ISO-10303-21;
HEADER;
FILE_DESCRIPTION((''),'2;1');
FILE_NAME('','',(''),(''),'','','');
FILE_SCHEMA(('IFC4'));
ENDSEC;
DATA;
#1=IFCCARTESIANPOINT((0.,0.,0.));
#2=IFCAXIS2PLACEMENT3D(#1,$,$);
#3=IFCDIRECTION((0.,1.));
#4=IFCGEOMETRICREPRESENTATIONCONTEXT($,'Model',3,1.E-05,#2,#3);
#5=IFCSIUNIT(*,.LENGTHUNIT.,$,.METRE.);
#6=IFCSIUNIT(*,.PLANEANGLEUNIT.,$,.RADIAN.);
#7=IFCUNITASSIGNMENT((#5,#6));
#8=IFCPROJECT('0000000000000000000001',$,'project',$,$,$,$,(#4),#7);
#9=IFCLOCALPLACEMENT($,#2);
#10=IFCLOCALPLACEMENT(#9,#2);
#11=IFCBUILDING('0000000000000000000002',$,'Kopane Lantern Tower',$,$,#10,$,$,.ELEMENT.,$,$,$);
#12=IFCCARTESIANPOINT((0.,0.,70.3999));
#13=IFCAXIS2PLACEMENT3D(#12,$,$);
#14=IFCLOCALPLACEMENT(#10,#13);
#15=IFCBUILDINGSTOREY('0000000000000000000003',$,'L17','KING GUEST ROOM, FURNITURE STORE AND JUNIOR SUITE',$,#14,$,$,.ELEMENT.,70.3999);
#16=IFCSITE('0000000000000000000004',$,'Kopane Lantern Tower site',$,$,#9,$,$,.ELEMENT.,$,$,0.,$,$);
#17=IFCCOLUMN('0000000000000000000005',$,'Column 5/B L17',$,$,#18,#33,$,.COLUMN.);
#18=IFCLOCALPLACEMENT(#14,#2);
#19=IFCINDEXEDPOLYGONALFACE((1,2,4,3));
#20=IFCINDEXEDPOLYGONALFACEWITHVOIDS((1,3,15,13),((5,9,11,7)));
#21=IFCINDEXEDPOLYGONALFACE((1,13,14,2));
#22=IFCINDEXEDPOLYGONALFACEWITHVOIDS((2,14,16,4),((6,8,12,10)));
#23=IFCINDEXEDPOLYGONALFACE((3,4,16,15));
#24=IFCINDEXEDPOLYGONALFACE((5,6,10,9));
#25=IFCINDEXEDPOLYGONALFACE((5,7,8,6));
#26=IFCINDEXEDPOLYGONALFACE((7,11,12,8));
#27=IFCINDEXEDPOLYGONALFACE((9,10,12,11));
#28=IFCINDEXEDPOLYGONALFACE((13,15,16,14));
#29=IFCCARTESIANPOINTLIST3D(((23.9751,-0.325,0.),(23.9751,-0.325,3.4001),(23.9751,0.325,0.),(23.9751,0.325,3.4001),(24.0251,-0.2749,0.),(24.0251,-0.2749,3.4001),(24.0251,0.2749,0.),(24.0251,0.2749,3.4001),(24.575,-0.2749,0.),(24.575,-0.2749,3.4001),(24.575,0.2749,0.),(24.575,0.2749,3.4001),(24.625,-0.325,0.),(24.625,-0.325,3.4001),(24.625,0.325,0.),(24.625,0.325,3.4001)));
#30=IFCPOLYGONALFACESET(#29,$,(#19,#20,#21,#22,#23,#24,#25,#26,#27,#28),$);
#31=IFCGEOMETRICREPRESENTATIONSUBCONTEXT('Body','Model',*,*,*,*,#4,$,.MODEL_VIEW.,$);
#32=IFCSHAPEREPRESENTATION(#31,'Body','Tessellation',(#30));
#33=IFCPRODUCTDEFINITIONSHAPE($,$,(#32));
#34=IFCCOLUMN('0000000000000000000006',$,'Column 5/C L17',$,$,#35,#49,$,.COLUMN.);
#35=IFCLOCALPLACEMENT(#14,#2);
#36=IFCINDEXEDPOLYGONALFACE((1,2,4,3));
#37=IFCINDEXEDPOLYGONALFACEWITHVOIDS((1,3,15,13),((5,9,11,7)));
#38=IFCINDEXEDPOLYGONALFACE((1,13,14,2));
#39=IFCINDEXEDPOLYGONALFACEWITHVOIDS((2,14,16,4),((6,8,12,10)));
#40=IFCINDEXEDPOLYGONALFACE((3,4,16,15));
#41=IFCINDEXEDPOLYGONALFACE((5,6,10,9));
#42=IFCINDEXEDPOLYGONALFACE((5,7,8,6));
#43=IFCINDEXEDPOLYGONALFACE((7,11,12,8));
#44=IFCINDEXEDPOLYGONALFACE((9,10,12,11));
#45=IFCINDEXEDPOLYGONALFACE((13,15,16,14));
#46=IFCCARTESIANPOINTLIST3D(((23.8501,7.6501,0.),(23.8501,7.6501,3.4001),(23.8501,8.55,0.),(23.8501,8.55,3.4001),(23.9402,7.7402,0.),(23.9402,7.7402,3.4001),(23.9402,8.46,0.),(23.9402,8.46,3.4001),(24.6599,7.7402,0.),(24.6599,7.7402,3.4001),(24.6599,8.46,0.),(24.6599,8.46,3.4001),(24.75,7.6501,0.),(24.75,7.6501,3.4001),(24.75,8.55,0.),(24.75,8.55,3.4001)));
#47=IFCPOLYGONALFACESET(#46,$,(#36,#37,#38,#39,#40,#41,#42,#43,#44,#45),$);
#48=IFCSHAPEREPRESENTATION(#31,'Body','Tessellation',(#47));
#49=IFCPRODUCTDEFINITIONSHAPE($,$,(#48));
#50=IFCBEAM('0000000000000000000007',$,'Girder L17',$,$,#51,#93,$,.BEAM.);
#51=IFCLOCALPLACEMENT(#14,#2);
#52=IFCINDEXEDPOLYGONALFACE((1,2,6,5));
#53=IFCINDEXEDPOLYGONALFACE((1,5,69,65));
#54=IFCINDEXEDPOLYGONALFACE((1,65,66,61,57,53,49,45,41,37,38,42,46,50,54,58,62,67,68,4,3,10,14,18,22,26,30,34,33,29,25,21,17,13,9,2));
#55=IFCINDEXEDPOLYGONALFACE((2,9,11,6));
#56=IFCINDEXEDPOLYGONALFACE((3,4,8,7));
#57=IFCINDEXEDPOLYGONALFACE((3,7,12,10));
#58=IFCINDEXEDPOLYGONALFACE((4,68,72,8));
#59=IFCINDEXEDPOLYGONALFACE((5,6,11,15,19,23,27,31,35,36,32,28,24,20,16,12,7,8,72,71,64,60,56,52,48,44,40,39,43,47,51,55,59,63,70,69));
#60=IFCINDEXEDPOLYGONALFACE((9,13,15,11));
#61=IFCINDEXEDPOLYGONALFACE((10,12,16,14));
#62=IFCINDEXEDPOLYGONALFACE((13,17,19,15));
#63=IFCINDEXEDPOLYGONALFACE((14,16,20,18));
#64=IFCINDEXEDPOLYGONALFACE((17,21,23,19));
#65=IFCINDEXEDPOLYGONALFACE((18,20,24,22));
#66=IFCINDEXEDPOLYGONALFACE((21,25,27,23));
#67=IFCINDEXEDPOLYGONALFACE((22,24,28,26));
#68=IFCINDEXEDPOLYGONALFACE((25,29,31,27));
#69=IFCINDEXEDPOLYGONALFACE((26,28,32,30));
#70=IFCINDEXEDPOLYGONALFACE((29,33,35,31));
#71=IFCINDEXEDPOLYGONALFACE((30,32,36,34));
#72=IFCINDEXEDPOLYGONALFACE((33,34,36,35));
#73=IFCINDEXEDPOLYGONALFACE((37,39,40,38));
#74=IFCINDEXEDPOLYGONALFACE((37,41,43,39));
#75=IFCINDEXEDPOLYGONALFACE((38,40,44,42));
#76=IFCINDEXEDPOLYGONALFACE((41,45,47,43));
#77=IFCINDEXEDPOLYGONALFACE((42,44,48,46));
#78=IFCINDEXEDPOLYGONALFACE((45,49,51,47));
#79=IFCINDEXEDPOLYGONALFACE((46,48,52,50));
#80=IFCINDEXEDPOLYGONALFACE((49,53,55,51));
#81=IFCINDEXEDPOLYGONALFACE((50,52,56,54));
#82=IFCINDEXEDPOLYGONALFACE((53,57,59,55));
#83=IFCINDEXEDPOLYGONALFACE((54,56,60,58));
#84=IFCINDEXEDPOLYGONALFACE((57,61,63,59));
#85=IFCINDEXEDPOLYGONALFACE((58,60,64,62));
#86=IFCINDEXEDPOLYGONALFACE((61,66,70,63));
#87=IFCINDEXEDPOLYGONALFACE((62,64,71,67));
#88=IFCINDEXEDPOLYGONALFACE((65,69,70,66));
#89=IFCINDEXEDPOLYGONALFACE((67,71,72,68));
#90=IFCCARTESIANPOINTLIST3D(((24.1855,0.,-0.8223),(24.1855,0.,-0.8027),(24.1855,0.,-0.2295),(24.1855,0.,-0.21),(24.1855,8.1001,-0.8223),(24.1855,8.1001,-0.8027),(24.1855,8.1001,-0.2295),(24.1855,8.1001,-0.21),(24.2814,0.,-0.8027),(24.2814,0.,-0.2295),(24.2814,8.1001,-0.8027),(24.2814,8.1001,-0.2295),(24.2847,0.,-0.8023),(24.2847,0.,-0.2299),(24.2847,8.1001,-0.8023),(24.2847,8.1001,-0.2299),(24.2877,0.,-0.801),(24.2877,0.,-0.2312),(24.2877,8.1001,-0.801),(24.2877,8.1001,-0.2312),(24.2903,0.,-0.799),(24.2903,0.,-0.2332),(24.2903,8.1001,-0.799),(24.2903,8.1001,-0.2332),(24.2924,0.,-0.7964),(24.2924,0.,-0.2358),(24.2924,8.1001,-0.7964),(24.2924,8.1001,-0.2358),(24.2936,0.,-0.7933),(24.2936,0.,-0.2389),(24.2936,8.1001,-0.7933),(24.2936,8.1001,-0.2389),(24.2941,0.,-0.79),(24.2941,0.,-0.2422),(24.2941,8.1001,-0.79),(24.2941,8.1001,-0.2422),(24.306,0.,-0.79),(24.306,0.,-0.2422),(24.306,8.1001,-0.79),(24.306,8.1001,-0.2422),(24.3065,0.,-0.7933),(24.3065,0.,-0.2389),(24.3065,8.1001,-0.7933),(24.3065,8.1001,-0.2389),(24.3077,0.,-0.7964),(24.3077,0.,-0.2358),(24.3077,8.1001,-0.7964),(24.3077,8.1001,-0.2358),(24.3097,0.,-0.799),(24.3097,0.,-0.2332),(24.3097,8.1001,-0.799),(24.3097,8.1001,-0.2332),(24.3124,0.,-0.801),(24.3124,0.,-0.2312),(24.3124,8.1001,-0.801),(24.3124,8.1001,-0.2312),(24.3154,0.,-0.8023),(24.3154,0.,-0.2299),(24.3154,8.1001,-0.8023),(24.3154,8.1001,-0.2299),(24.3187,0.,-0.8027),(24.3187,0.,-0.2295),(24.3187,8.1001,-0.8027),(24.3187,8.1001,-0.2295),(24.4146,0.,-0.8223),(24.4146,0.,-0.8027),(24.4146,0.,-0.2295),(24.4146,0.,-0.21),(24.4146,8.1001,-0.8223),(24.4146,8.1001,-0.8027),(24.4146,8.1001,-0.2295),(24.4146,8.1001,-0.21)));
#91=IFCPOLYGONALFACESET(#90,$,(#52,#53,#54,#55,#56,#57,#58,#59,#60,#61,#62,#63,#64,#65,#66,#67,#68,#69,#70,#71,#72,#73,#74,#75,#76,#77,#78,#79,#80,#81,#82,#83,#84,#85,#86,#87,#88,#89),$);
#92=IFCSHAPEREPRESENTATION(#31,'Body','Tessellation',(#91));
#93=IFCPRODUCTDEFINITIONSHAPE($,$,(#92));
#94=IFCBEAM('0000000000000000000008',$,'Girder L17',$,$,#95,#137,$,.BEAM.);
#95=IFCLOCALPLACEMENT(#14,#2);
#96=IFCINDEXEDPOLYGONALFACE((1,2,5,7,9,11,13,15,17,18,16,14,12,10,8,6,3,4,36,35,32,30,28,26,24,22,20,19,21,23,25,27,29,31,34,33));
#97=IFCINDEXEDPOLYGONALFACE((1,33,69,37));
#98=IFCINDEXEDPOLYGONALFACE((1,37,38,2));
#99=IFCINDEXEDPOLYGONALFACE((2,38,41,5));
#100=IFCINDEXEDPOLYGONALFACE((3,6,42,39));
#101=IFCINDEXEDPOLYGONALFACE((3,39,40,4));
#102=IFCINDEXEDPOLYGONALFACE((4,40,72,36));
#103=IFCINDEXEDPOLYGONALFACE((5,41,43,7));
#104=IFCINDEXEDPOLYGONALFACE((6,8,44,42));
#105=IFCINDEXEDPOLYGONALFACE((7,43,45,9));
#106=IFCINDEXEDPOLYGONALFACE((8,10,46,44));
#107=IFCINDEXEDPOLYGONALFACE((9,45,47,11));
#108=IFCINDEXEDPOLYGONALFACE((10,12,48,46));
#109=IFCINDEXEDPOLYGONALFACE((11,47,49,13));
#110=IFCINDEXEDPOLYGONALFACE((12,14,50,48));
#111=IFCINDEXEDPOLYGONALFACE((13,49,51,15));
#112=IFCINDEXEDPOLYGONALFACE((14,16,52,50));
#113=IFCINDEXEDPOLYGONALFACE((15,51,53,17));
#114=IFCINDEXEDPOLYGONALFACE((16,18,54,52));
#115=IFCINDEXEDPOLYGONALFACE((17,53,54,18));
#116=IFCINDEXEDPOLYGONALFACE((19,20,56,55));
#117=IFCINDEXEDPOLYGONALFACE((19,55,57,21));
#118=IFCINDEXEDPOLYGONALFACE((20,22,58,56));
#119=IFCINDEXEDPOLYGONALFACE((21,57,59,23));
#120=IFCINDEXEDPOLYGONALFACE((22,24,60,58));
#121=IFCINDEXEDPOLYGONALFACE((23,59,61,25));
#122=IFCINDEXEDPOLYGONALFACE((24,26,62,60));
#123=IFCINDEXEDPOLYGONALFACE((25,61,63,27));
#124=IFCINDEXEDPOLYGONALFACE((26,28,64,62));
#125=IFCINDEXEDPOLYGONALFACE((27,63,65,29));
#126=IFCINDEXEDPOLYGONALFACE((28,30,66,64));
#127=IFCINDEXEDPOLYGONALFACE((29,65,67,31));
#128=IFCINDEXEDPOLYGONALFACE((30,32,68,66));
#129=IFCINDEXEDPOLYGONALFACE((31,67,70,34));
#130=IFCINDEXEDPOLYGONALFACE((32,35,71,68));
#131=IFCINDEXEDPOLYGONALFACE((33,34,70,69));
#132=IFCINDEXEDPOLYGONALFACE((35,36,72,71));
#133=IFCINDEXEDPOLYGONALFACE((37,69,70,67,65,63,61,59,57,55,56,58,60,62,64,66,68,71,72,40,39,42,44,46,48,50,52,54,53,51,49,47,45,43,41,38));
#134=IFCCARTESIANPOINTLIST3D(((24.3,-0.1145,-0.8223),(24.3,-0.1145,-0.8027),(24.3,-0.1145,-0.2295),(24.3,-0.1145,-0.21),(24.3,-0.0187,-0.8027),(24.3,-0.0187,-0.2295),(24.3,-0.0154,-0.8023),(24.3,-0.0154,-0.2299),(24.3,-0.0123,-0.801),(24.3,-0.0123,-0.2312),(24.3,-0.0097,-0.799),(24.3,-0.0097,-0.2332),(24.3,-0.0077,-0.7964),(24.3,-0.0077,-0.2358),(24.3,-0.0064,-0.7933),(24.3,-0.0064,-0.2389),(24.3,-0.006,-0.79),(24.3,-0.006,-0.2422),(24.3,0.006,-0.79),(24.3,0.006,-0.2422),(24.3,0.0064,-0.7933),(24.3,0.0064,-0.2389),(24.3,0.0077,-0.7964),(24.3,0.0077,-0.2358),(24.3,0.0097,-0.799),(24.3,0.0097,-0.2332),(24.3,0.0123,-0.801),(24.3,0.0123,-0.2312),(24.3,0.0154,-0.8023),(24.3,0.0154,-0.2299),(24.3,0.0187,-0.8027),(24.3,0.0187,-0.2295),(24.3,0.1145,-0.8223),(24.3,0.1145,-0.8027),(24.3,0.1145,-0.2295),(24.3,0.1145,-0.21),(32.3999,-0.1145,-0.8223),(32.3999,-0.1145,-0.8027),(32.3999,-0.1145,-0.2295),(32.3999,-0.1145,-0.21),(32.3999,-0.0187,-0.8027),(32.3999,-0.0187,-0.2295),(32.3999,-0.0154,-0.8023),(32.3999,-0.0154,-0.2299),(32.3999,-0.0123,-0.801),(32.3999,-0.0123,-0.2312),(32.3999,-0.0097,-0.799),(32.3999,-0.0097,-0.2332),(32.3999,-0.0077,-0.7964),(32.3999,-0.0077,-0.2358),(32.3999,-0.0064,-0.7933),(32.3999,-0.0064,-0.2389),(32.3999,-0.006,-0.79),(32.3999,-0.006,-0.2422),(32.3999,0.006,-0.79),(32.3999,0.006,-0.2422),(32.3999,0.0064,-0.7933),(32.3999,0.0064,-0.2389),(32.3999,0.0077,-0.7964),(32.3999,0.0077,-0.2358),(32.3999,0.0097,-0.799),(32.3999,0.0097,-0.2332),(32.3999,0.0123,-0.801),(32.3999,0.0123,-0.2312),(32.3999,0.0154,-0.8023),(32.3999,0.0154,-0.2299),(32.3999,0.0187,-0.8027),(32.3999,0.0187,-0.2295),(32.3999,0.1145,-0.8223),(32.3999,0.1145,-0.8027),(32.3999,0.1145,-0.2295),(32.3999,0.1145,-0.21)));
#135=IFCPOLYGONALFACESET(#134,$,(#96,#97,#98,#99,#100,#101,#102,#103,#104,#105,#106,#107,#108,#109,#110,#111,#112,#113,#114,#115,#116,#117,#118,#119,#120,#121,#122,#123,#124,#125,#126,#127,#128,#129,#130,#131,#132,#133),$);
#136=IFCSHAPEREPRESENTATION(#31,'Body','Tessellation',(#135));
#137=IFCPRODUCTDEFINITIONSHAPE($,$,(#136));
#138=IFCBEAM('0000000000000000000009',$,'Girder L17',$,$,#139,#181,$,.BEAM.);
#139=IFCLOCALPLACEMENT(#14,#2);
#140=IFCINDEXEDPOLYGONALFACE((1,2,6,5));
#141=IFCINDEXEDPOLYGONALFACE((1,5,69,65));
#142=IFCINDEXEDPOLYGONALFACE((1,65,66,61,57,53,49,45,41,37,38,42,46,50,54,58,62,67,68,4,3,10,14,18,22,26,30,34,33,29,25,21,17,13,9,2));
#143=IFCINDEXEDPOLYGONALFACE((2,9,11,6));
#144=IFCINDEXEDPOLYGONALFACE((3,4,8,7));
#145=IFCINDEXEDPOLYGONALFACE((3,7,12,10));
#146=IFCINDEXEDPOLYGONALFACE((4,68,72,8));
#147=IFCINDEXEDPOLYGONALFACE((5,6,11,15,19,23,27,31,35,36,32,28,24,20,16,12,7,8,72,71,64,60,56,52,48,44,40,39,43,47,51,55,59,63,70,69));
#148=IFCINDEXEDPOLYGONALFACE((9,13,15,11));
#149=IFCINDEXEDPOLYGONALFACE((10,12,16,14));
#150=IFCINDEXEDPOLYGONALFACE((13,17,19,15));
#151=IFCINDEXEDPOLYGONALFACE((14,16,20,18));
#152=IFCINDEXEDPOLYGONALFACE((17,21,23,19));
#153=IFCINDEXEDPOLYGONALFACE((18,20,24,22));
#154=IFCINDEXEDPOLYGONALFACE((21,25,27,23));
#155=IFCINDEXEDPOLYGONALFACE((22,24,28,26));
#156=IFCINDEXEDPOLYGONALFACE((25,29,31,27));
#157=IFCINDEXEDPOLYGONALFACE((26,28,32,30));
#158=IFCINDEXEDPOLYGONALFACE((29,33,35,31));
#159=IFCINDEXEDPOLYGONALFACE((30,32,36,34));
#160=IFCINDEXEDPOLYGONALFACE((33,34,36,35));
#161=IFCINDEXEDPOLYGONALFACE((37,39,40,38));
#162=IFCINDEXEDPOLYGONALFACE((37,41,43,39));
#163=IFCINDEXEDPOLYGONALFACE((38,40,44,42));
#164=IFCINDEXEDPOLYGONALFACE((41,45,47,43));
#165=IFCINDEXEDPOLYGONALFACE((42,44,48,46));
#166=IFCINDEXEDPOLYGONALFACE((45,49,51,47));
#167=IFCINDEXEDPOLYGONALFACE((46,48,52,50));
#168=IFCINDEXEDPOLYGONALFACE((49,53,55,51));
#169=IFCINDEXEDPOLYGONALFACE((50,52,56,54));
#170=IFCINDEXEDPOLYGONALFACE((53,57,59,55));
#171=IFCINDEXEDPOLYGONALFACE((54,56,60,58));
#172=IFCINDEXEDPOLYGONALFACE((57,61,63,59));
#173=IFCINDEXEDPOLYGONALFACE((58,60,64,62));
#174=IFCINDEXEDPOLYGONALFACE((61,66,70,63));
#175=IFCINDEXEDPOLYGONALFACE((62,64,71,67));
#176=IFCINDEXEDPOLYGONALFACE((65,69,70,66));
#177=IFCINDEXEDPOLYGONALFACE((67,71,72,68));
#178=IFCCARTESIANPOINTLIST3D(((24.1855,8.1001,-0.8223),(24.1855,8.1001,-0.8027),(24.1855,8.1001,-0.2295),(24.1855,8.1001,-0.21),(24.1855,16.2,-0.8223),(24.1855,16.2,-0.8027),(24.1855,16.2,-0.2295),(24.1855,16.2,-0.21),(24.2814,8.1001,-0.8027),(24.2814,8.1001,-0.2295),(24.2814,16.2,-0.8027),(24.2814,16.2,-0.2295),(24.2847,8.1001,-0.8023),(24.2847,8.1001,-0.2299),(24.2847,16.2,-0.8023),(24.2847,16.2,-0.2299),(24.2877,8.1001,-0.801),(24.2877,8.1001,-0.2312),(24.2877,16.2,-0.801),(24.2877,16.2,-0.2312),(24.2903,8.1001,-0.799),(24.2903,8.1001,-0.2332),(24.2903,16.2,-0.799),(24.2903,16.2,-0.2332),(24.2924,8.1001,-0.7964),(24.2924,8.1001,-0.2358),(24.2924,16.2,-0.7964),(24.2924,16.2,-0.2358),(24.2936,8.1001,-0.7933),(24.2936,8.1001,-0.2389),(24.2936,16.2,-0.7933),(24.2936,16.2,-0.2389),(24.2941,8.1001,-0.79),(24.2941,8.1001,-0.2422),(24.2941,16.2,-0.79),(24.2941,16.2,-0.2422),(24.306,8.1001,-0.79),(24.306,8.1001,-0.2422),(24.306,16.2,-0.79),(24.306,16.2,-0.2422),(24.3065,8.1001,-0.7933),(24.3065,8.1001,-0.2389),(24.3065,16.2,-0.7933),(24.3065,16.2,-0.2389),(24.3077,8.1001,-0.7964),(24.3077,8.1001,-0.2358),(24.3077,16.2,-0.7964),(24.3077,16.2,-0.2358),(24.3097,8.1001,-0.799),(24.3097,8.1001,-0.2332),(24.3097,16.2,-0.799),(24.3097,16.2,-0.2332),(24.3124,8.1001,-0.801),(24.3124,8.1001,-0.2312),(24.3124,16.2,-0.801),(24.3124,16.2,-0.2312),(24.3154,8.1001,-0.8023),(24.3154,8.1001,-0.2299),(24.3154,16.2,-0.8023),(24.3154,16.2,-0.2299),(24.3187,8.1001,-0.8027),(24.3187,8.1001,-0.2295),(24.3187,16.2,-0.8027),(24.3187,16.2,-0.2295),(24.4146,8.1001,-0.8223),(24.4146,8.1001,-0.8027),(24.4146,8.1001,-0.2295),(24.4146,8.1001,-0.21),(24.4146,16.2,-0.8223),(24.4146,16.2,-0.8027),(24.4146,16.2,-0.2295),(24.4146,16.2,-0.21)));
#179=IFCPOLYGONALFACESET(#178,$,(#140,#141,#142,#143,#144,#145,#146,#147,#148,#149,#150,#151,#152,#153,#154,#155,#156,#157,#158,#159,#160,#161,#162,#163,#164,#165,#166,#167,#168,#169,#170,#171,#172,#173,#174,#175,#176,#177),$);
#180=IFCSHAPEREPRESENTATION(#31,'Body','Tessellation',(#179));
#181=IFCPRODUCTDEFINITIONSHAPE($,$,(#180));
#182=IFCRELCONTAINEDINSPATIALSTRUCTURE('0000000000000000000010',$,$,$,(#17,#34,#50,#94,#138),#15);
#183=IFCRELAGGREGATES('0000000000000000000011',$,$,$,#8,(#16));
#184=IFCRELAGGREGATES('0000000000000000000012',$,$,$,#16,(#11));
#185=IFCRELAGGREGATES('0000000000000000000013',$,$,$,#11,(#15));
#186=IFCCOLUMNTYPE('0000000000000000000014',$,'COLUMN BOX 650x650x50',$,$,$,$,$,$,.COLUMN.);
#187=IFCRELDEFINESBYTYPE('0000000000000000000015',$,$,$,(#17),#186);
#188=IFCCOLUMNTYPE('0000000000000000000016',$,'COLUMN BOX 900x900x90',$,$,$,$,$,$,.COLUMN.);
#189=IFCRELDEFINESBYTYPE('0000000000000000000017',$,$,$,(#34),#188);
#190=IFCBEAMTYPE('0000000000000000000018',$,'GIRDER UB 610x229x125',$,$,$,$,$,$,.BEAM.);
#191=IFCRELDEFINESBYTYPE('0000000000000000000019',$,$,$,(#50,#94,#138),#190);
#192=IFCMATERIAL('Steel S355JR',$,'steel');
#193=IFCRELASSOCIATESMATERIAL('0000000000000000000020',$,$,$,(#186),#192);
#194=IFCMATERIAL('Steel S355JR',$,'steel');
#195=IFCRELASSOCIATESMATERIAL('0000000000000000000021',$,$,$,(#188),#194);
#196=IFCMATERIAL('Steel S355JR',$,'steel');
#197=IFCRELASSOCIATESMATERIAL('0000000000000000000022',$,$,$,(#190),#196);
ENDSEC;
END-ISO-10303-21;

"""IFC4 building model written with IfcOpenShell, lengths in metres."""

from ifc_helpers import new_model, si_unit, direction, frame, origin, origin_2d, place, context, subcontext, project, spatial, hollow_rectangle, i_section, extrude, material, material_profile, profile_set, type_object, element, save


model = new_model("IFC4")

# Units and contexts
model_context = context("Model", 3, precision=1e-05, world=origin(), true_north=direction((0.0, 1.0)))
body_context = subcontext(model_context, "Body", "Model", "MODEL_VIEW")
ifc_project = project(units=[si_unit("LENGTHUNIT", "METRE"), si_unit("PLANEANGLEUNIT", "RADIAN")], contexts=[model_context])

# Site, building, storey
site_placement = place(None, origin())
site = spatial("IfcSite", under=ifc_project, at=site_placement, Name="Kopane Lantern Tower site", CompositionType="ELEMENT", RefElevation=0.0)
building_placement = place(site_placement, origin())
building = spatial("IfcBuilding", under=site, at=building_placement, Name="Kopane Lantern Tower", CompositionType="ELEMENT")
storey_placement = place(building_placement, frame((0.0, 0.0, 70.3999)))
storey = spatial("IfcBuildingStorey", under=building, at=storey_placement, Name="L17", Description="KING GUEST ROOM, FURNITURE STORE AND JUNIOR SUITE", CompositionType="ELEMENT", Elevation=70.3999)

# Columns
ifc_material_1 = material(Name="Steel S355JR", Category="steel")
ifc_material_profile_1 = material_profile(ifc_material_1, hollow_rectangle(XDim=0.6499, YDim=0.6499, WallThickness=0.05, at=origin_2d()), Name="BOX 650x650x50")
ifc_profile_set_1 = profile_set([ifc_material_profile_1], Name="Steel S355JR")
column_type_1 = type_object("IfcColumnType", Name="COLUMN BOX 650x650x50", PredefinedType="COLUMN", material=ifc_profile_set_1)
column_1_placement = place(storey_placement, frame((24.3, 0.0, 0.0), z_axis=(0.0, 0.0, 1.0), x_axis=(1.0, 0.0, 0.0)))
element("IfcColumn", 1, at=column_1_placement, inside=storey, type_object=column_type_1, Name="Column 5/B L17", PredefinedType="COLUMN", context=body_context, shape_type="SweptSolid", body=[
    extrude(hollow_rectangle(XDim=0.6499, YDim=0.6499, WallThickness=0.05, at=origin_2d()), origin(), (0.0, 0.0, 1.0), 3.4001),
])
ifc_material_2 = material(Name="Steel S355JR", Category="steel")
ifc_material_profile_2 = material_profile(ifc_material_2, hollow_rectangle(XDim=0.8999, YDim=0.8999, WallThickness=0.0901, at=origin_2d()), Name="BOX 900x900x90")
ifc_profile_set_2 = profile_set([ifc_material_profile_2], Name="Steel S355JR")
column_type_2 = type_object("IfcColumnType", Name="COLUMN BOX 900x900x90", PredefinedType="COLUMN", material=ifc_profile_set_2)
column_2_placement = place(storey_placement, frame((24.3, 8.1001, 0.0), z_axis=(0.0, 0.0, 1.0), x_axis=(1.0, 0.0, 0.0)))
element("IfcColumn", 2, at=column_2_placement, inside=storey, type_object=column_type_2, Name="Column 5/C L17", PredefinedType="COLUMN", context=body_context, shape_type="SweptSolid", body=[
    extrude(hollow_rectangle(XDim=0.8999, YDim=0.8999, WallThickness=0.0901, at=origin_2d()), origin(), (0.0, 0.0, 1.0), 3.4001),
])

# Beams
ifc_material_3 = material(Name="Steel S355JR", Category="steel")
ifc_material_profile_3 = material_profile(ifc_material_3, i_section(OverallWidth=0.229, OverallDepth=0.6123, WebThickness=0.012, FlangeThickness=0.0195, FilletRadius=0.0127, at=origin_2d()), Name="UB 610x229x125")
ifc_profile_set_3 = profile_set([ifc_material_profile_3], Name="Steel S355JR")
beam_type = type_object("IfcBeamType", Name="GIRDER UB 610x229x125", PredefinedType="BEAM", material=ifc_profile_set_3)
beam_placement = place(storey_placement, frame((24.3, 0.0, -0.5161), z_axis=(0.0, 1.0, 0.0), x_axis=(-1.0, 0.0, 0.0)))
element("IfcBeam", 3, at=beam_placement, inside=storey, type_object=beam_type, Name="Girder L17", PredefinedType="BEAM", context=body_context, shape_type="SweptSolid", body=[
    extrude(i_section(OverallWidth=0.229, OverallDepth=0.6123, WebThickness=0.012, FlangeThickness=0.0195, FilletRadius=0.0127, at=origin_2d()), origin(), (0.0, 0.0, 1.0), 8.1001),
])
for number, where, z_axis, x_axis, name in (
    (4, (24.3, 0.0, -0.5161), (1.0, 0.0, 0.0), (0.0, 1.0, 0.0), "Girder L17"),
    (5, (24.3, 8.1001, -0.5161), (0.0, 1.0, 0.0), (-1.0, 0.0, 0.0), "Girder L17"),
):
    element("IfcBeam", number, at=place(storey_placement, frame(where, z_axis=z_axis, x_axis=x_axis)), inside=storey, type_object=beam_type, Name=name, PredefinedType="BEAM", context=body_context, shape_type="SweptSolid", body=[
        extrude(i_section(OverallWidth=0.229, OverallDepth=0.6123, WebThickness=0.012, FlangeThickness=0.0195, FilletRadius=0.0127, at=origin_2d()), origin(), (0.0, 0.0, 1.0), 8.0999),
    ])

save(model, "model.ifc")
